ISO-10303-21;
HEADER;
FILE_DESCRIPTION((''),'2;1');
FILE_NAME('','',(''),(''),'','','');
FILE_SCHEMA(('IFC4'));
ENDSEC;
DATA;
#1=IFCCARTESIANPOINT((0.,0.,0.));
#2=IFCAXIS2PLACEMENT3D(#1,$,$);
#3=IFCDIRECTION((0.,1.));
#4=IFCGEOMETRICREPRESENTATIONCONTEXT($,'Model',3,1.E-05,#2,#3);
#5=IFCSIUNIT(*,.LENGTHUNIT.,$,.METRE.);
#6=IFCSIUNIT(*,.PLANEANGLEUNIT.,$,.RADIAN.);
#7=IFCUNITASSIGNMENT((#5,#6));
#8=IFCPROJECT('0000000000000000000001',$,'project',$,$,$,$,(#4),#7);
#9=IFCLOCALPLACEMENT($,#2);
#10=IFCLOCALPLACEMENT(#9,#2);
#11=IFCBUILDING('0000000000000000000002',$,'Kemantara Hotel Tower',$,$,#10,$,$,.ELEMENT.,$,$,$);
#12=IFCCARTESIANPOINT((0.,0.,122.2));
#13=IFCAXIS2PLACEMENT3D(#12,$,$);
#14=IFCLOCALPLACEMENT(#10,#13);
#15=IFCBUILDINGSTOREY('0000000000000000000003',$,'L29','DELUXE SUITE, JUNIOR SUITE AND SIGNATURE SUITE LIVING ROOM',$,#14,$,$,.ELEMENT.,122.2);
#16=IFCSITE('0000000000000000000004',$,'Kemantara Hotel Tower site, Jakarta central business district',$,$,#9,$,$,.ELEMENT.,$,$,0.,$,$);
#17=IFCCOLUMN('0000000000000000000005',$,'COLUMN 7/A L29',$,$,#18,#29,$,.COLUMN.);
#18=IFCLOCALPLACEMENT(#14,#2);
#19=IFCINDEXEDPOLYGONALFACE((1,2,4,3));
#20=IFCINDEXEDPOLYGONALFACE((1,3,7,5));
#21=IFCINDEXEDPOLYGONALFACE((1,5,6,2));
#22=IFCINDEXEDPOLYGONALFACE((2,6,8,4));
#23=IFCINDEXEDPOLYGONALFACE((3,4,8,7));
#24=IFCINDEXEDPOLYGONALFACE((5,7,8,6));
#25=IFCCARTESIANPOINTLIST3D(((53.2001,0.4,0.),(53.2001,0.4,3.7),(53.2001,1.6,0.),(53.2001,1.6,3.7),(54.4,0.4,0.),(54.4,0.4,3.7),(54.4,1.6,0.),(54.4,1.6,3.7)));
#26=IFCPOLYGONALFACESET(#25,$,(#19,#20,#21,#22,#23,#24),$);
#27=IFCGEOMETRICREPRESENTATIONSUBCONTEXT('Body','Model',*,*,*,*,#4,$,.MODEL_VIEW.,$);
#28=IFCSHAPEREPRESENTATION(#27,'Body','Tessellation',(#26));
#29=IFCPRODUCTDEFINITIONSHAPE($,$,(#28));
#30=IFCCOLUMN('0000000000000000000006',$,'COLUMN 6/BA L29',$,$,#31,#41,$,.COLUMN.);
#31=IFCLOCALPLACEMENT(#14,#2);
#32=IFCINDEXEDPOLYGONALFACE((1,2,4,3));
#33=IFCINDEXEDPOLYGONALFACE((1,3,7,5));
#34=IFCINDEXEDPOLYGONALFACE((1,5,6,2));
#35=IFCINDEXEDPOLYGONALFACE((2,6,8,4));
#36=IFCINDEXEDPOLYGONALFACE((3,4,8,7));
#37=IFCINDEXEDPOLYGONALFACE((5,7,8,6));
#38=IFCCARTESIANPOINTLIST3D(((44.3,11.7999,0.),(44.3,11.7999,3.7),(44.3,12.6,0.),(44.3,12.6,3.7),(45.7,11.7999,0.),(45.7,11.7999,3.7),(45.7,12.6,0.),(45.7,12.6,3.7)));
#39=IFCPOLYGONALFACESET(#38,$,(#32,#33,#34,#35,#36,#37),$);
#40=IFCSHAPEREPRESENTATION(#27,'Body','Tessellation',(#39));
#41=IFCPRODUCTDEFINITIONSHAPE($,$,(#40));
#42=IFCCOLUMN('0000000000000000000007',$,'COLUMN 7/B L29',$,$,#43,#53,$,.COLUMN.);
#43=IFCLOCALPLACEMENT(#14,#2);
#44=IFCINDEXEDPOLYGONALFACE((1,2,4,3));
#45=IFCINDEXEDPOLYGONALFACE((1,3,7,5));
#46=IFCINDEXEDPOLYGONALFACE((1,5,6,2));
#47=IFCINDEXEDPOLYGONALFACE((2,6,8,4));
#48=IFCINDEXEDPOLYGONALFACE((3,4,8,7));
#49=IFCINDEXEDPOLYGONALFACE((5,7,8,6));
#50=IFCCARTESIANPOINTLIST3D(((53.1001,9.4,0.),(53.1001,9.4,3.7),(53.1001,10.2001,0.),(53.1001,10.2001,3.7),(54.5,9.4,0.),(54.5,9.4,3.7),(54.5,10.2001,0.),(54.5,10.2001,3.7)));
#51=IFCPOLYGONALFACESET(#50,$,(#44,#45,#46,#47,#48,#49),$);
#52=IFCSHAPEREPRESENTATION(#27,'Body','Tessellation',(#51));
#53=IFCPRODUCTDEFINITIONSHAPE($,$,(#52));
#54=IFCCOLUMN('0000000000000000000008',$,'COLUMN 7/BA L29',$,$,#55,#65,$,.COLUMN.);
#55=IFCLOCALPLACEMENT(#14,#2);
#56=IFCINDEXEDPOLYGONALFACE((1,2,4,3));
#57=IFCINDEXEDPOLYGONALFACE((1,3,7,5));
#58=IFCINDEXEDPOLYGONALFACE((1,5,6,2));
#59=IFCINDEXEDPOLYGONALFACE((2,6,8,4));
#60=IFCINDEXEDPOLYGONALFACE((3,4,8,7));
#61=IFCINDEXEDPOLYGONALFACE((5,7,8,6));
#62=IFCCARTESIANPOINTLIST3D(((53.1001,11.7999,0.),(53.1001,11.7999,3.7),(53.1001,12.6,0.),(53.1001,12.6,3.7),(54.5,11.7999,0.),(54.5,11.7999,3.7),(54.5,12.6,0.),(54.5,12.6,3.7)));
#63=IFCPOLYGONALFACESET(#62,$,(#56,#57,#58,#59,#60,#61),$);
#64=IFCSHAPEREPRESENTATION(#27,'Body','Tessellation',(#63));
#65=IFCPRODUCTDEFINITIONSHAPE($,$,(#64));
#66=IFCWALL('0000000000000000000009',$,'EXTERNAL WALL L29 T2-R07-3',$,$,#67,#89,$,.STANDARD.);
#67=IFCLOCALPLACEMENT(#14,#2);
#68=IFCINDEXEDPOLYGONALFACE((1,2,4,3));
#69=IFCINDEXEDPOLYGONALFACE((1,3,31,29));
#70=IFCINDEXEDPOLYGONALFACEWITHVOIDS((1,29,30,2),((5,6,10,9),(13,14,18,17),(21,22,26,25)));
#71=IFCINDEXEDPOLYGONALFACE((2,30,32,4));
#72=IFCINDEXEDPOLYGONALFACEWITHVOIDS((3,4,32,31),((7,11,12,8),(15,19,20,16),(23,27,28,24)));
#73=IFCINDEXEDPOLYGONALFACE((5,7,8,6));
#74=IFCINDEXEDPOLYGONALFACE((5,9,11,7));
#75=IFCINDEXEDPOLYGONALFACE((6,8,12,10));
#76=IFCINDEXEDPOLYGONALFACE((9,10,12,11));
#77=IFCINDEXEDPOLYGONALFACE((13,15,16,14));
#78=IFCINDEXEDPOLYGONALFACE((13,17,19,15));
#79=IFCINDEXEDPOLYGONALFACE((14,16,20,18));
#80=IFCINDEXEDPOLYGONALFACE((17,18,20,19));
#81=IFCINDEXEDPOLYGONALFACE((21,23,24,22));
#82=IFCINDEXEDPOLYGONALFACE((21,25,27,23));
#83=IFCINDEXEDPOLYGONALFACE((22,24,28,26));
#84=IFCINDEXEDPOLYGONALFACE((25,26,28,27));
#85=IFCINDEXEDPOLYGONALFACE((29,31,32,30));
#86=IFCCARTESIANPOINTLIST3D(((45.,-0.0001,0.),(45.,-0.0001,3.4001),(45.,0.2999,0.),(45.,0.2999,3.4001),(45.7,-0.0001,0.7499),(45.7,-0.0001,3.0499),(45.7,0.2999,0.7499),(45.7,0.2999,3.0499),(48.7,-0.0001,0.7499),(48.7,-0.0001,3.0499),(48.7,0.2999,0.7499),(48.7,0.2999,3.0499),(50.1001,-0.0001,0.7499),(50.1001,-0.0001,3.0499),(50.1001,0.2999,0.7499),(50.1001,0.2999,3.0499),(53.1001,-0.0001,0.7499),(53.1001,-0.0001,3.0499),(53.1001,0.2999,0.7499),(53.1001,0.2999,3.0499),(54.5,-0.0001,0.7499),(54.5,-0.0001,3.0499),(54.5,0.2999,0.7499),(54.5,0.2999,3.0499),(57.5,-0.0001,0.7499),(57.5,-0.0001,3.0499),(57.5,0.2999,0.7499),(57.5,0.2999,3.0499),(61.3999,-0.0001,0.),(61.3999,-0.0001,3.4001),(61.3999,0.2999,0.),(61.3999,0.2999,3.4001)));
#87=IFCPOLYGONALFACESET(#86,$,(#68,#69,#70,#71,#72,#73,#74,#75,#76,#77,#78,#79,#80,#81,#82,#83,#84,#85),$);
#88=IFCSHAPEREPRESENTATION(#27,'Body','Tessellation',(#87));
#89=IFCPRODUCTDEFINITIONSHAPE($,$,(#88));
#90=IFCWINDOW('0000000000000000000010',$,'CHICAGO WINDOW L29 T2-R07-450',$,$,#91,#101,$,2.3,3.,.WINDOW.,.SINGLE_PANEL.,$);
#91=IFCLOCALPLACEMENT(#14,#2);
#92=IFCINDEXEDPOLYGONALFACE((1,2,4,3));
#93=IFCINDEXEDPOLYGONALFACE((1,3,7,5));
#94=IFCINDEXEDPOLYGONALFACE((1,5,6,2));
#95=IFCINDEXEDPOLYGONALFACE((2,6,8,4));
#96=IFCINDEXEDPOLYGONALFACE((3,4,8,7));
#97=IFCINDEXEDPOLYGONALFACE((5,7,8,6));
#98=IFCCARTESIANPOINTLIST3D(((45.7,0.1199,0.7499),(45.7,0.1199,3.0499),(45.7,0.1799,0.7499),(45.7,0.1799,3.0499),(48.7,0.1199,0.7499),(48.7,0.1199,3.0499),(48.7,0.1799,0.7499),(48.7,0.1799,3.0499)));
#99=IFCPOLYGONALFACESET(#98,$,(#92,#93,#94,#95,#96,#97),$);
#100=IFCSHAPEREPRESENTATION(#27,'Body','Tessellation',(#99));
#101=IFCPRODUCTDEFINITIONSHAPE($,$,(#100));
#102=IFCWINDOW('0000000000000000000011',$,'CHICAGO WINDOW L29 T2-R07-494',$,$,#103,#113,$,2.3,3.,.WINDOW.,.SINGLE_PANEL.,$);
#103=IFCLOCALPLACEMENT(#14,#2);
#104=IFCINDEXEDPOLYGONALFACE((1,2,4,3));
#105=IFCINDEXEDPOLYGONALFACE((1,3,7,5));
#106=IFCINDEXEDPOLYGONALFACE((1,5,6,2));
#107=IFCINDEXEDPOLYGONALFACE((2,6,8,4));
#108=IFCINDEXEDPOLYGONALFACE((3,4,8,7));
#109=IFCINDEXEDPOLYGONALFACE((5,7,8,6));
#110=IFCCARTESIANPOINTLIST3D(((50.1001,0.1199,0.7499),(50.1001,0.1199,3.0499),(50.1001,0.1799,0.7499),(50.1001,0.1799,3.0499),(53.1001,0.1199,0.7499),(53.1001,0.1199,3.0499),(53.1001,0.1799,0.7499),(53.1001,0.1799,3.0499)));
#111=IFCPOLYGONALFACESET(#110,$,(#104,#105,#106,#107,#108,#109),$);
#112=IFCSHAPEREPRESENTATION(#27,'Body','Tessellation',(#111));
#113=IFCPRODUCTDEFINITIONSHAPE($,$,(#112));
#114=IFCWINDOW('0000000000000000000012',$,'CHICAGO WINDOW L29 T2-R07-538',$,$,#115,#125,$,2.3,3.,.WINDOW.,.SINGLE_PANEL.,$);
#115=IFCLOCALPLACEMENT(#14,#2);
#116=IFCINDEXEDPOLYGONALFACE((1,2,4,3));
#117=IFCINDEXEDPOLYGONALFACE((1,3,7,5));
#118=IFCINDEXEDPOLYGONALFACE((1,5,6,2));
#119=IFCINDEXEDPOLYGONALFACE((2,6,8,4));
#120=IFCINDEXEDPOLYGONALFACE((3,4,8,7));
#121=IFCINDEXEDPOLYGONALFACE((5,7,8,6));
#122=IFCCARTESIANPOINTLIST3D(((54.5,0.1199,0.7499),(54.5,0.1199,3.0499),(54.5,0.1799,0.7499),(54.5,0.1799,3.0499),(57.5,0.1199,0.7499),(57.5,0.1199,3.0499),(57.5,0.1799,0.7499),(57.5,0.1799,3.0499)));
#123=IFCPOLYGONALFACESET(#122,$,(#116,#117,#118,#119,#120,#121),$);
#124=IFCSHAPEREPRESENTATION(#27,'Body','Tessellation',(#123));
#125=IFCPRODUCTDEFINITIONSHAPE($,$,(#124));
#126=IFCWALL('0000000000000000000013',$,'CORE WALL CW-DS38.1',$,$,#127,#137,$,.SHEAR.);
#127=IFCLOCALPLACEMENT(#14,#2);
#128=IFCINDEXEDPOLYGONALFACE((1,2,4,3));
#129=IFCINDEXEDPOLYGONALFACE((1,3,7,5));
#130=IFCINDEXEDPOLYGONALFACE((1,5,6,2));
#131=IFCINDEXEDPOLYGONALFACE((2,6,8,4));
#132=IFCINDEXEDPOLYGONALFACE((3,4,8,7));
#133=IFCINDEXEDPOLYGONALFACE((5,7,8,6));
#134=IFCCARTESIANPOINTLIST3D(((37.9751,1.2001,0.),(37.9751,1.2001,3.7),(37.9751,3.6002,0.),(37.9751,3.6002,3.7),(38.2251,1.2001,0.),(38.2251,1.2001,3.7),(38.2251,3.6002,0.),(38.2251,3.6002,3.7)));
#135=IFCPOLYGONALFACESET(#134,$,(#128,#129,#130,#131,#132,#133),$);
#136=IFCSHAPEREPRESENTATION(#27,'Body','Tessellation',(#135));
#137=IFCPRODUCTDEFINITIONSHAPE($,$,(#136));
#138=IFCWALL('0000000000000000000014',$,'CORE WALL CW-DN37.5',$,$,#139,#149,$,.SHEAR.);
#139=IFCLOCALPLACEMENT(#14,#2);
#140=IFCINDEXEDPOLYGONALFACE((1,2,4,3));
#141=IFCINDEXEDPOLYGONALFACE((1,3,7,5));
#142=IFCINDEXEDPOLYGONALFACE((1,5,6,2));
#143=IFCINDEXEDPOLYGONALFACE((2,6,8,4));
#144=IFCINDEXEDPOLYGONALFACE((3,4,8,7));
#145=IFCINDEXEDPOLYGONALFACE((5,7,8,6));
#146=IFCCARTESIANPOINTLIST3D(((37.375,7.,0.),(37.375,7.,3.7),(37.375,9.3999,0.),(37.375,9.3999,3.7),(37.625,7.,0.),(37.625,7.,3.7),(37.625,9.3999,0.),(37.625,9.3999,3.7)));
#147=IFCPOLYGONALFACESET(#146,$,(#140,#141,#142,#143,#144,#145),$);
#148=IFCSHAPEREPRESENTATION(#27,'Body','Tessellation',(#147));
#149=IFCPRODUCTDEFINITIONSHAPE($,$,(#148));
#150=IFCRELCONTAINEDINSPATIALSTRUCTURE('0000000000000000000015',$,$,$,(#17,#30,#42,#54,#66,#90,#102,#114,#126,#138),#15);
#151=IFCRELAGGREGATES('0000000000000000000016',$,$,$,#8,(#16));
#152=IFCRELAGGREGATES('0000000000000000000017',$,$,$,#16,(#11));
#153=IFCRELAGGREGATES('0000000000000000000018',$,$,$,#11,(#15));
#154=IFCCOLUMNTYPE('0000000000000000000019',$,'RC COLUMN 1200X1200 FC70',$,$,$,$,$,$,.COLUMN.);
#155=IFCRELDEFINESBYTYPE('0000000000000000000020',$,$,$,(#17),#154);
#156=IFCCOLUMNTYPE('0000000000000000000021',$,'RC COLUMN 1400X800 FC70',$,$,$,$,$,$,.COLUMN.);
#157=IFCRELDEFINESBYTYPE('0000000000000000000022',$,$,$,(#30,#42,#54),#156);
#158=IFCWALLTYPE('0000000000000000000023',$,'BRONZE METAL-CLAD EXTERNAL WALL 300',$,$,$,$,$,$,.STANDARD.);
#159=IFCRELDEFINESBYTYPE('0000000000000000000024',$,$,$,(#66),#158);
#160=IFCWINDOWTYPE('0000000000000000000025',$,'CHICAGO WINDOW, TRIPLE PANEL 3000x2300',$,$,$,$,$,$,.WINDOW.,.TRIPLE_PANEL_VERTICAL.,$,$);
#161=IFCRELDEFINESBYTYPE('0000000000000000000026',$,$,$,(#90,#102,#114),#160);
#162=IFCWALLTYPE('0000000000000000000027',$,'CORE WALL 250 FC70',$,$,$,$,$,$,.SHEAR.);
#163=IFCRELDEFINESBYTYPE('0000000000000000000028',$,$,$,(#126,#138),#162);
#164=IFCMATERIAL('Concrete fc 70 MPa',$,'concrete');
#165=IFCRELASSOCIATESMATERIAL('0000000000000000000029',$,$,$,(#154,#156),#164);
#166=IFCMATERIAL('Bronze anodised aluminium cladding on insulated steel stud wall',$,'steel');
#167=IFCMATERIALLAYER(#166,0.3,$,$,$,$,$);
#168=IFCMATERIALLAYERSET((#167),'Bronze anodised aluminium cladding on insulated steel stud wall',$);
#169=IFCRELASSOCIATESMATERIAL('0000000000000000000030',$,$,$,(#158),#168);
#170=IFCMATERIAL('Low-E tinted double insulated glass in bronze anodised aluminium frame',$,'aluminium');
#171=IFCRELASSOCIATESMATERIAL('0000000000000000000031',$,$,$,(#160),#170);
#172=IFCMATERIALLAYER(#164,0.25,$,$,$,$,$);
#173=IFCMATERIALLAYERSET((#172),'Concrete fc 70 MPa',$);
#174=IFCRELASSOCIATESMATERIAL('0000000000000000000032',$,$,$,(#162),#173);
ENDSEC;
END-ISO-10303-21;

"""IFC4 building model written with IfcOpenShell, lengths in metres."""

from ifc_helpers import new_model, si_unit, direction, frame, frame_2d, origin, origin_2d, place, context, subcontext, project, spatial, rectangle, extrude, material, layer, layer_set, material_profile, profile_set, type_object, element, fill, save


model = new_model("IFC4")

# Units and contexts
model_context = context("Model", 3, precision=1e-05, world=origin(), true_north=direction((0.0, 1.0)))
body_context = subcontext(model_context, "Body", "Model", "MODEL_VIEW")
ifc_project = project(units=[si_unit("LENGTHUNIT", "METRE"), si_unit("PLANEANGLEUNIT", "RADIAN")], contexts=[model_context])

# Site, building, storey
site_placement = place(None, origin())
site = spatial("IfcSite", under=ifc_project, at=site_placement, Name="Kemantara Hotel Tower site, Jakarta central business district", CompositionType="ELEMENT", RefElevation=0.0)
building_placement = place(site_placement, origin())
building = spatial("IfcBuilding", under=site, at=building_placement, Name="Kemantara Hotel Tower", CompositionType="ELEMENT")
storey_placement = place(building_placement, frame((0.0, 0.0, 122.2)))
storey = spatial("IfcBuildingStorey", under=building, at=storey_placement, Name="L29", Description="DELUXE SUITE, JUNIOR SUITE AND SIGNATURE SUITE LIVING ROOM", CompositionType="ELEMENT", Elevation=122.2)

# Columns
ifc_material_1 = material(Name="Concrete fc 70 MPa", Category="concrete")
ifc_material_profile_1 = material_profile(ifc_material_1, rectangle(XDim=1.2, YDim=1.2, at=origin_2d()), Name="RC 1200X1200")
ifc_profile_set_1 = profile_set([ifc_material_profile_1], Name="Concrete fc 70 MPa")
column_type_1 = type_object("IfcColumnType", Name="RC COLUMN 1200X1200 FC70", PredefinedType="COLUMN", material=ifc_profile_set_1)
column_placement = place(storey_placement, frame((53.8, 1.0, 0.0), z_axis=(0.0, 0.0, 1.0), x_axis=(1.0, 0.0, 0.0)))
element("IfcColumn", 1, at=column_placement, inside=storey, type_object=column_type_1, Name="COLUMN 7/A L29", PredefinedType="COLUMN", context=body_context, shape_type="SweptSolid", body=[
    extrude(rectangle(XDim=1.2, YDim=1.2, at=origin_2d()), origin(), (0.0, 0.0, 1.0), 3.7),
])
ifc_material_profile_2 = material_profile(ifc_material_1, rectangle(XDim=1.3999, YDim=0.8, at=origin_2d()), Name="RC 1400X800")
ifc_profile_set_2 = profile_set([ifc_material_profile_2], Name="Concrete fc 70 MPa")
column_type_2 = type_object("IfcColumnType", Name="RC COLUMN 1400X800 FC70", PredefinedType="COLUMN", material=ifc_profile_set_2)
for number, where, z_axis, x_axis, name in (
    (2, (45.0, 12.2, 0.0), (0.0, 0.0, 1.0), (1.0, 0.0, 0.0), "COLUMN 6/BA L29"),
    (3, (53.8, 9.8, 0.0), (0.0, 0.0, 1.0), (1.0, 0.0, 0.0), "COLUMN 7/B L29"),
    (4, (53.8, 12.2, 0.0), (0.0, 0.0, 1.0), (1.0, 0.0, 0.0), "COLUMN 7/BA L29"),
):
    element("IfcColumn", number, at=place(storey_placement, frame(where, z_axis=z_axis, x_axis=x_axis)), inside=storey, type_object=column_type_2, Name=name, PredefinedType="COLUMN", context=body_context, shape_type="SweptSolid", body=[
        extrude(rectangle(XDim=1.3999, YDim=0.8, at=origin_2d()), origin(), (0.0, 0.0, 1.0), 3.7),
    ])

# Wall, openings, windows
ifc_material_2 = material(Name="Bronze anodised aluminium cladding on insulated steel stud wall", Category="steel")
ifc_layer_1 = layer(ifc_material_2, 0.3)
ifc_layer_set_1 = layer_set([ifc_layer_1], Name="Bronze anodised aluminium cladding on insulated steel stud wall")
wall_type_1 = type_object("IfcWallType", Name="BRONZE METAL-CLAD EXTERNAL WALL 300", PredefinedType="STANDARD", material=ifc_layer_set_1)
wall_1_placement = place(storey_placement, frame((45.0, 0.1499, 0.0), z_axis=(0.0, 0.0, 1.0), x_axis=(1.0, 0.0, 0.0)))
wall_1 = element("IfcWall", 5, at=wall_1_placement, inside=storey, type_object=wall_type_1, Name="EXTERNAL WALL L29 T2-R07-3", PredefinedType="STANDARD", context=body_context, shape_type="SweptSolid", body=[
    extrude(rectangle(XDim=16.3999, YDim=0.3, at=frame_2d((8.2, 0.0))), origin(), (0.0, 0.0, 1.0), 3.4001),
])
opening_1_placement = place(wall_1_placement, frame((0.7, 0.0, 0.75)))
opening_1 = element("IfcOpeningElement", 6, at=opening_1_placement, cuts=wall_1, PredefinedType="OPENING", context=body_context, shape_type="SweptSolid", body=[
    extrude(rectangle(XDim=3.0, YDim=2.3, at=frame_2d((1.5, 1.1499))), frame((0.0, 0.1599, 0.0), z_axis=(0.0, -1.0, 0.0), x_axis=(1.0, 0.0, 0.0)), (0.0, 0.0, 1.0), 0.3201),
])
opening_2_placement = place(wall_1_placement, frame((5.1001, 0.0, 0.75)))
opening_2 = element("IfcOpeningElement", 7, at=opening_2_placement, cuts=wall_1, PredefinedType="OPENING", context=body_context, shape_type="SweptSolid", body=[
    extrude(rectangle(XDim=3.0, YDim=2.3, at=frame_2d((1.5, 1.1499))), frame((0.0, 0.1599, 0.0), z_axis=(0.0, -1.0, 0.0), x_axis=(1.0, 0.0, 0.0)), (0.0, 0.0, 1.0), 0.3201),
])
opening_3_placement = place(wall_1_placement, frame((9.5, 0.0, 0.75)))
opening_3 = element("IfcOpeningElement", 8, at=opening_3_placement, cuts=wall_1, PredefinedType="OPENING", context=body_context, shape_type="SweptSolid", body=[
    extrude(rectangle(XDim=3.0, YDim=2.3, at=frame_2d((1.5, 1.1499))), frame((0.0, 0.1599, 0.0), z_axis=(0.0, -1.0, 0.0), x_axis=(1.0, 0.0, 0.0)), (0.0, 0.0, 1.0), 0.3201),
])
ifc_material_3 = material(Name="Low-E tinted double insulated glass in bronze anodised aluminium frame", Category="aluminium")
window_type = type_object("IfcWindowType", Name="CHICAGO WINDOW, TRIPLE PANEL 3000x2300", PartitioningType="TRIPLE_PANEL_VERTICAL", PredefinedType="WINDOW", material=ifc_material_3)
window_1_placement = place(opening_1_placement, origin())
window_1 = element("IfcWindow", 9, at=window_1_placement, inside=storey, type_object=window_type, Name="CHICAGO WINDOW L29 T2-R07-450", OverallHeight=2.3, OverallWidth=3.0, PartitioningType="SINGLE_PANEL", PredefinedType="WINDOW", context=body_context, shape_type="SweptSolid", body=[
    extrude(rectangle(XDim=3.0, YDim=2.3, at=frame_2d((1.5, 1.1499))), frame((0.0, 0.03, 0.0), z_axis=(0.0, -1.0, 0.0), x_axis=(1.0, 0.0, 0.0)), (0.0, 0.0, 1.0), 0.0601),
])
fill(opening_1, window_1)
window_2_placement = place(opening_2_placement, origin())
window_2 = element("IfcWindow", 10, at=window_2_placement, inside=storey, type_object=window_type, Name="CHICAGO WINDOW L29 T2-R07-494", OverallHeight=2.3, OverallWidth=3.0, PartitioningType="SINGLE_PANEL", PredefinedType="WINDOW", context=body_context, shape_type="SweptSolid", body=[
    extrude(rectangle(XDim=3.0, YDim=2.3, at=frame_2d((1.5, 1.1499))), frame((0.0, 0.03, 0.0), z_axis=(0.0, -1.0, 0.0), x_axis=(1.0, 0.0, 0.0)), (0.0, 0.0, 1.0), 0.0601),
])
fill(opening_2, window_2)
window_3_placement = place(opening_3_placement, origin())
window_3 = element("IfcWindow", 11, at=window_3_placement, inside=storey, type_object=window_type, Name="CHICAGO WINDOW L29 T2-R07-538", OverallHeight=2.3, OverallWidth=3.0, PartitioningType="SINGLE_PANEL", PredefinedType="WINDOW", context=body_context, shape_type="SweptSolid", body=[
    extrude(rectangle(XDim=3.0, YDim=2.3, at=frame_2d((1.5, 1.1499))), frame((0.0, 0.03, 0.0), z_axis=(0.0, -1.0, 0.0), x_axis=(1.0, 0.0, 0.0)), (0.0, 0.0, 1.0), 0.0601),
])
fill(opening_3, window_3)

# Walls
ifc_layer_2 = layer(ifc_material_1, 0.25)
ifc_layer_set_2 = layer_set([ifc_layer_2], Name="Concrete fc 70 MPa")
wall_type_2 = type_object("IfcWallType", Name="CORE WALL 250 FC70", PredefinedType="SHEAR", material=ifc_layer_set_2)
wall_2_placement = place(storey_placement, frame((38.1001, 1.2, 0.0), z_axis=(0.0, 0.0, 1.0), x_axis=(0.0, 1.0, 0.0)))
element("IfcWall", 12, at=wall_2_placement, inside=storey, type_object=wall_type_2, Name="CORE WALL CW-DS38.1", PredefinedType="SHEAR", context=body_context, shape_type="SweptSolid", body=[
    extrude(rectangle(XDim=2.4001, YDim=0.25, at=frame_2d((1.2002, 0.0))), origin(), (0.0, 0.0, 1.0), 3.7),
])
wall_3_placement = place(storey_placement, frame((37.5, 7.0, 0.0), z_axis=(0.0, 0.0, 1.0), x_axis=(0.0, 1.0, 0.0)))
element("IfcWall", 13, at=wall_3_placement, inside=storey, type_object=wall_type_2, Name="CORE WALL CW-DN37.5", PredefinedType="SHEAR", context=body_context, shape_type="SweptSolid", body=[
    extrude(rectangle(XDim=2.3999, YDim=0.25, at=frame_2d((1.2, 0.0))), origin(), (0.0, 0.0, 1.0), 3.7),
])

save(model, "model.ifc")
